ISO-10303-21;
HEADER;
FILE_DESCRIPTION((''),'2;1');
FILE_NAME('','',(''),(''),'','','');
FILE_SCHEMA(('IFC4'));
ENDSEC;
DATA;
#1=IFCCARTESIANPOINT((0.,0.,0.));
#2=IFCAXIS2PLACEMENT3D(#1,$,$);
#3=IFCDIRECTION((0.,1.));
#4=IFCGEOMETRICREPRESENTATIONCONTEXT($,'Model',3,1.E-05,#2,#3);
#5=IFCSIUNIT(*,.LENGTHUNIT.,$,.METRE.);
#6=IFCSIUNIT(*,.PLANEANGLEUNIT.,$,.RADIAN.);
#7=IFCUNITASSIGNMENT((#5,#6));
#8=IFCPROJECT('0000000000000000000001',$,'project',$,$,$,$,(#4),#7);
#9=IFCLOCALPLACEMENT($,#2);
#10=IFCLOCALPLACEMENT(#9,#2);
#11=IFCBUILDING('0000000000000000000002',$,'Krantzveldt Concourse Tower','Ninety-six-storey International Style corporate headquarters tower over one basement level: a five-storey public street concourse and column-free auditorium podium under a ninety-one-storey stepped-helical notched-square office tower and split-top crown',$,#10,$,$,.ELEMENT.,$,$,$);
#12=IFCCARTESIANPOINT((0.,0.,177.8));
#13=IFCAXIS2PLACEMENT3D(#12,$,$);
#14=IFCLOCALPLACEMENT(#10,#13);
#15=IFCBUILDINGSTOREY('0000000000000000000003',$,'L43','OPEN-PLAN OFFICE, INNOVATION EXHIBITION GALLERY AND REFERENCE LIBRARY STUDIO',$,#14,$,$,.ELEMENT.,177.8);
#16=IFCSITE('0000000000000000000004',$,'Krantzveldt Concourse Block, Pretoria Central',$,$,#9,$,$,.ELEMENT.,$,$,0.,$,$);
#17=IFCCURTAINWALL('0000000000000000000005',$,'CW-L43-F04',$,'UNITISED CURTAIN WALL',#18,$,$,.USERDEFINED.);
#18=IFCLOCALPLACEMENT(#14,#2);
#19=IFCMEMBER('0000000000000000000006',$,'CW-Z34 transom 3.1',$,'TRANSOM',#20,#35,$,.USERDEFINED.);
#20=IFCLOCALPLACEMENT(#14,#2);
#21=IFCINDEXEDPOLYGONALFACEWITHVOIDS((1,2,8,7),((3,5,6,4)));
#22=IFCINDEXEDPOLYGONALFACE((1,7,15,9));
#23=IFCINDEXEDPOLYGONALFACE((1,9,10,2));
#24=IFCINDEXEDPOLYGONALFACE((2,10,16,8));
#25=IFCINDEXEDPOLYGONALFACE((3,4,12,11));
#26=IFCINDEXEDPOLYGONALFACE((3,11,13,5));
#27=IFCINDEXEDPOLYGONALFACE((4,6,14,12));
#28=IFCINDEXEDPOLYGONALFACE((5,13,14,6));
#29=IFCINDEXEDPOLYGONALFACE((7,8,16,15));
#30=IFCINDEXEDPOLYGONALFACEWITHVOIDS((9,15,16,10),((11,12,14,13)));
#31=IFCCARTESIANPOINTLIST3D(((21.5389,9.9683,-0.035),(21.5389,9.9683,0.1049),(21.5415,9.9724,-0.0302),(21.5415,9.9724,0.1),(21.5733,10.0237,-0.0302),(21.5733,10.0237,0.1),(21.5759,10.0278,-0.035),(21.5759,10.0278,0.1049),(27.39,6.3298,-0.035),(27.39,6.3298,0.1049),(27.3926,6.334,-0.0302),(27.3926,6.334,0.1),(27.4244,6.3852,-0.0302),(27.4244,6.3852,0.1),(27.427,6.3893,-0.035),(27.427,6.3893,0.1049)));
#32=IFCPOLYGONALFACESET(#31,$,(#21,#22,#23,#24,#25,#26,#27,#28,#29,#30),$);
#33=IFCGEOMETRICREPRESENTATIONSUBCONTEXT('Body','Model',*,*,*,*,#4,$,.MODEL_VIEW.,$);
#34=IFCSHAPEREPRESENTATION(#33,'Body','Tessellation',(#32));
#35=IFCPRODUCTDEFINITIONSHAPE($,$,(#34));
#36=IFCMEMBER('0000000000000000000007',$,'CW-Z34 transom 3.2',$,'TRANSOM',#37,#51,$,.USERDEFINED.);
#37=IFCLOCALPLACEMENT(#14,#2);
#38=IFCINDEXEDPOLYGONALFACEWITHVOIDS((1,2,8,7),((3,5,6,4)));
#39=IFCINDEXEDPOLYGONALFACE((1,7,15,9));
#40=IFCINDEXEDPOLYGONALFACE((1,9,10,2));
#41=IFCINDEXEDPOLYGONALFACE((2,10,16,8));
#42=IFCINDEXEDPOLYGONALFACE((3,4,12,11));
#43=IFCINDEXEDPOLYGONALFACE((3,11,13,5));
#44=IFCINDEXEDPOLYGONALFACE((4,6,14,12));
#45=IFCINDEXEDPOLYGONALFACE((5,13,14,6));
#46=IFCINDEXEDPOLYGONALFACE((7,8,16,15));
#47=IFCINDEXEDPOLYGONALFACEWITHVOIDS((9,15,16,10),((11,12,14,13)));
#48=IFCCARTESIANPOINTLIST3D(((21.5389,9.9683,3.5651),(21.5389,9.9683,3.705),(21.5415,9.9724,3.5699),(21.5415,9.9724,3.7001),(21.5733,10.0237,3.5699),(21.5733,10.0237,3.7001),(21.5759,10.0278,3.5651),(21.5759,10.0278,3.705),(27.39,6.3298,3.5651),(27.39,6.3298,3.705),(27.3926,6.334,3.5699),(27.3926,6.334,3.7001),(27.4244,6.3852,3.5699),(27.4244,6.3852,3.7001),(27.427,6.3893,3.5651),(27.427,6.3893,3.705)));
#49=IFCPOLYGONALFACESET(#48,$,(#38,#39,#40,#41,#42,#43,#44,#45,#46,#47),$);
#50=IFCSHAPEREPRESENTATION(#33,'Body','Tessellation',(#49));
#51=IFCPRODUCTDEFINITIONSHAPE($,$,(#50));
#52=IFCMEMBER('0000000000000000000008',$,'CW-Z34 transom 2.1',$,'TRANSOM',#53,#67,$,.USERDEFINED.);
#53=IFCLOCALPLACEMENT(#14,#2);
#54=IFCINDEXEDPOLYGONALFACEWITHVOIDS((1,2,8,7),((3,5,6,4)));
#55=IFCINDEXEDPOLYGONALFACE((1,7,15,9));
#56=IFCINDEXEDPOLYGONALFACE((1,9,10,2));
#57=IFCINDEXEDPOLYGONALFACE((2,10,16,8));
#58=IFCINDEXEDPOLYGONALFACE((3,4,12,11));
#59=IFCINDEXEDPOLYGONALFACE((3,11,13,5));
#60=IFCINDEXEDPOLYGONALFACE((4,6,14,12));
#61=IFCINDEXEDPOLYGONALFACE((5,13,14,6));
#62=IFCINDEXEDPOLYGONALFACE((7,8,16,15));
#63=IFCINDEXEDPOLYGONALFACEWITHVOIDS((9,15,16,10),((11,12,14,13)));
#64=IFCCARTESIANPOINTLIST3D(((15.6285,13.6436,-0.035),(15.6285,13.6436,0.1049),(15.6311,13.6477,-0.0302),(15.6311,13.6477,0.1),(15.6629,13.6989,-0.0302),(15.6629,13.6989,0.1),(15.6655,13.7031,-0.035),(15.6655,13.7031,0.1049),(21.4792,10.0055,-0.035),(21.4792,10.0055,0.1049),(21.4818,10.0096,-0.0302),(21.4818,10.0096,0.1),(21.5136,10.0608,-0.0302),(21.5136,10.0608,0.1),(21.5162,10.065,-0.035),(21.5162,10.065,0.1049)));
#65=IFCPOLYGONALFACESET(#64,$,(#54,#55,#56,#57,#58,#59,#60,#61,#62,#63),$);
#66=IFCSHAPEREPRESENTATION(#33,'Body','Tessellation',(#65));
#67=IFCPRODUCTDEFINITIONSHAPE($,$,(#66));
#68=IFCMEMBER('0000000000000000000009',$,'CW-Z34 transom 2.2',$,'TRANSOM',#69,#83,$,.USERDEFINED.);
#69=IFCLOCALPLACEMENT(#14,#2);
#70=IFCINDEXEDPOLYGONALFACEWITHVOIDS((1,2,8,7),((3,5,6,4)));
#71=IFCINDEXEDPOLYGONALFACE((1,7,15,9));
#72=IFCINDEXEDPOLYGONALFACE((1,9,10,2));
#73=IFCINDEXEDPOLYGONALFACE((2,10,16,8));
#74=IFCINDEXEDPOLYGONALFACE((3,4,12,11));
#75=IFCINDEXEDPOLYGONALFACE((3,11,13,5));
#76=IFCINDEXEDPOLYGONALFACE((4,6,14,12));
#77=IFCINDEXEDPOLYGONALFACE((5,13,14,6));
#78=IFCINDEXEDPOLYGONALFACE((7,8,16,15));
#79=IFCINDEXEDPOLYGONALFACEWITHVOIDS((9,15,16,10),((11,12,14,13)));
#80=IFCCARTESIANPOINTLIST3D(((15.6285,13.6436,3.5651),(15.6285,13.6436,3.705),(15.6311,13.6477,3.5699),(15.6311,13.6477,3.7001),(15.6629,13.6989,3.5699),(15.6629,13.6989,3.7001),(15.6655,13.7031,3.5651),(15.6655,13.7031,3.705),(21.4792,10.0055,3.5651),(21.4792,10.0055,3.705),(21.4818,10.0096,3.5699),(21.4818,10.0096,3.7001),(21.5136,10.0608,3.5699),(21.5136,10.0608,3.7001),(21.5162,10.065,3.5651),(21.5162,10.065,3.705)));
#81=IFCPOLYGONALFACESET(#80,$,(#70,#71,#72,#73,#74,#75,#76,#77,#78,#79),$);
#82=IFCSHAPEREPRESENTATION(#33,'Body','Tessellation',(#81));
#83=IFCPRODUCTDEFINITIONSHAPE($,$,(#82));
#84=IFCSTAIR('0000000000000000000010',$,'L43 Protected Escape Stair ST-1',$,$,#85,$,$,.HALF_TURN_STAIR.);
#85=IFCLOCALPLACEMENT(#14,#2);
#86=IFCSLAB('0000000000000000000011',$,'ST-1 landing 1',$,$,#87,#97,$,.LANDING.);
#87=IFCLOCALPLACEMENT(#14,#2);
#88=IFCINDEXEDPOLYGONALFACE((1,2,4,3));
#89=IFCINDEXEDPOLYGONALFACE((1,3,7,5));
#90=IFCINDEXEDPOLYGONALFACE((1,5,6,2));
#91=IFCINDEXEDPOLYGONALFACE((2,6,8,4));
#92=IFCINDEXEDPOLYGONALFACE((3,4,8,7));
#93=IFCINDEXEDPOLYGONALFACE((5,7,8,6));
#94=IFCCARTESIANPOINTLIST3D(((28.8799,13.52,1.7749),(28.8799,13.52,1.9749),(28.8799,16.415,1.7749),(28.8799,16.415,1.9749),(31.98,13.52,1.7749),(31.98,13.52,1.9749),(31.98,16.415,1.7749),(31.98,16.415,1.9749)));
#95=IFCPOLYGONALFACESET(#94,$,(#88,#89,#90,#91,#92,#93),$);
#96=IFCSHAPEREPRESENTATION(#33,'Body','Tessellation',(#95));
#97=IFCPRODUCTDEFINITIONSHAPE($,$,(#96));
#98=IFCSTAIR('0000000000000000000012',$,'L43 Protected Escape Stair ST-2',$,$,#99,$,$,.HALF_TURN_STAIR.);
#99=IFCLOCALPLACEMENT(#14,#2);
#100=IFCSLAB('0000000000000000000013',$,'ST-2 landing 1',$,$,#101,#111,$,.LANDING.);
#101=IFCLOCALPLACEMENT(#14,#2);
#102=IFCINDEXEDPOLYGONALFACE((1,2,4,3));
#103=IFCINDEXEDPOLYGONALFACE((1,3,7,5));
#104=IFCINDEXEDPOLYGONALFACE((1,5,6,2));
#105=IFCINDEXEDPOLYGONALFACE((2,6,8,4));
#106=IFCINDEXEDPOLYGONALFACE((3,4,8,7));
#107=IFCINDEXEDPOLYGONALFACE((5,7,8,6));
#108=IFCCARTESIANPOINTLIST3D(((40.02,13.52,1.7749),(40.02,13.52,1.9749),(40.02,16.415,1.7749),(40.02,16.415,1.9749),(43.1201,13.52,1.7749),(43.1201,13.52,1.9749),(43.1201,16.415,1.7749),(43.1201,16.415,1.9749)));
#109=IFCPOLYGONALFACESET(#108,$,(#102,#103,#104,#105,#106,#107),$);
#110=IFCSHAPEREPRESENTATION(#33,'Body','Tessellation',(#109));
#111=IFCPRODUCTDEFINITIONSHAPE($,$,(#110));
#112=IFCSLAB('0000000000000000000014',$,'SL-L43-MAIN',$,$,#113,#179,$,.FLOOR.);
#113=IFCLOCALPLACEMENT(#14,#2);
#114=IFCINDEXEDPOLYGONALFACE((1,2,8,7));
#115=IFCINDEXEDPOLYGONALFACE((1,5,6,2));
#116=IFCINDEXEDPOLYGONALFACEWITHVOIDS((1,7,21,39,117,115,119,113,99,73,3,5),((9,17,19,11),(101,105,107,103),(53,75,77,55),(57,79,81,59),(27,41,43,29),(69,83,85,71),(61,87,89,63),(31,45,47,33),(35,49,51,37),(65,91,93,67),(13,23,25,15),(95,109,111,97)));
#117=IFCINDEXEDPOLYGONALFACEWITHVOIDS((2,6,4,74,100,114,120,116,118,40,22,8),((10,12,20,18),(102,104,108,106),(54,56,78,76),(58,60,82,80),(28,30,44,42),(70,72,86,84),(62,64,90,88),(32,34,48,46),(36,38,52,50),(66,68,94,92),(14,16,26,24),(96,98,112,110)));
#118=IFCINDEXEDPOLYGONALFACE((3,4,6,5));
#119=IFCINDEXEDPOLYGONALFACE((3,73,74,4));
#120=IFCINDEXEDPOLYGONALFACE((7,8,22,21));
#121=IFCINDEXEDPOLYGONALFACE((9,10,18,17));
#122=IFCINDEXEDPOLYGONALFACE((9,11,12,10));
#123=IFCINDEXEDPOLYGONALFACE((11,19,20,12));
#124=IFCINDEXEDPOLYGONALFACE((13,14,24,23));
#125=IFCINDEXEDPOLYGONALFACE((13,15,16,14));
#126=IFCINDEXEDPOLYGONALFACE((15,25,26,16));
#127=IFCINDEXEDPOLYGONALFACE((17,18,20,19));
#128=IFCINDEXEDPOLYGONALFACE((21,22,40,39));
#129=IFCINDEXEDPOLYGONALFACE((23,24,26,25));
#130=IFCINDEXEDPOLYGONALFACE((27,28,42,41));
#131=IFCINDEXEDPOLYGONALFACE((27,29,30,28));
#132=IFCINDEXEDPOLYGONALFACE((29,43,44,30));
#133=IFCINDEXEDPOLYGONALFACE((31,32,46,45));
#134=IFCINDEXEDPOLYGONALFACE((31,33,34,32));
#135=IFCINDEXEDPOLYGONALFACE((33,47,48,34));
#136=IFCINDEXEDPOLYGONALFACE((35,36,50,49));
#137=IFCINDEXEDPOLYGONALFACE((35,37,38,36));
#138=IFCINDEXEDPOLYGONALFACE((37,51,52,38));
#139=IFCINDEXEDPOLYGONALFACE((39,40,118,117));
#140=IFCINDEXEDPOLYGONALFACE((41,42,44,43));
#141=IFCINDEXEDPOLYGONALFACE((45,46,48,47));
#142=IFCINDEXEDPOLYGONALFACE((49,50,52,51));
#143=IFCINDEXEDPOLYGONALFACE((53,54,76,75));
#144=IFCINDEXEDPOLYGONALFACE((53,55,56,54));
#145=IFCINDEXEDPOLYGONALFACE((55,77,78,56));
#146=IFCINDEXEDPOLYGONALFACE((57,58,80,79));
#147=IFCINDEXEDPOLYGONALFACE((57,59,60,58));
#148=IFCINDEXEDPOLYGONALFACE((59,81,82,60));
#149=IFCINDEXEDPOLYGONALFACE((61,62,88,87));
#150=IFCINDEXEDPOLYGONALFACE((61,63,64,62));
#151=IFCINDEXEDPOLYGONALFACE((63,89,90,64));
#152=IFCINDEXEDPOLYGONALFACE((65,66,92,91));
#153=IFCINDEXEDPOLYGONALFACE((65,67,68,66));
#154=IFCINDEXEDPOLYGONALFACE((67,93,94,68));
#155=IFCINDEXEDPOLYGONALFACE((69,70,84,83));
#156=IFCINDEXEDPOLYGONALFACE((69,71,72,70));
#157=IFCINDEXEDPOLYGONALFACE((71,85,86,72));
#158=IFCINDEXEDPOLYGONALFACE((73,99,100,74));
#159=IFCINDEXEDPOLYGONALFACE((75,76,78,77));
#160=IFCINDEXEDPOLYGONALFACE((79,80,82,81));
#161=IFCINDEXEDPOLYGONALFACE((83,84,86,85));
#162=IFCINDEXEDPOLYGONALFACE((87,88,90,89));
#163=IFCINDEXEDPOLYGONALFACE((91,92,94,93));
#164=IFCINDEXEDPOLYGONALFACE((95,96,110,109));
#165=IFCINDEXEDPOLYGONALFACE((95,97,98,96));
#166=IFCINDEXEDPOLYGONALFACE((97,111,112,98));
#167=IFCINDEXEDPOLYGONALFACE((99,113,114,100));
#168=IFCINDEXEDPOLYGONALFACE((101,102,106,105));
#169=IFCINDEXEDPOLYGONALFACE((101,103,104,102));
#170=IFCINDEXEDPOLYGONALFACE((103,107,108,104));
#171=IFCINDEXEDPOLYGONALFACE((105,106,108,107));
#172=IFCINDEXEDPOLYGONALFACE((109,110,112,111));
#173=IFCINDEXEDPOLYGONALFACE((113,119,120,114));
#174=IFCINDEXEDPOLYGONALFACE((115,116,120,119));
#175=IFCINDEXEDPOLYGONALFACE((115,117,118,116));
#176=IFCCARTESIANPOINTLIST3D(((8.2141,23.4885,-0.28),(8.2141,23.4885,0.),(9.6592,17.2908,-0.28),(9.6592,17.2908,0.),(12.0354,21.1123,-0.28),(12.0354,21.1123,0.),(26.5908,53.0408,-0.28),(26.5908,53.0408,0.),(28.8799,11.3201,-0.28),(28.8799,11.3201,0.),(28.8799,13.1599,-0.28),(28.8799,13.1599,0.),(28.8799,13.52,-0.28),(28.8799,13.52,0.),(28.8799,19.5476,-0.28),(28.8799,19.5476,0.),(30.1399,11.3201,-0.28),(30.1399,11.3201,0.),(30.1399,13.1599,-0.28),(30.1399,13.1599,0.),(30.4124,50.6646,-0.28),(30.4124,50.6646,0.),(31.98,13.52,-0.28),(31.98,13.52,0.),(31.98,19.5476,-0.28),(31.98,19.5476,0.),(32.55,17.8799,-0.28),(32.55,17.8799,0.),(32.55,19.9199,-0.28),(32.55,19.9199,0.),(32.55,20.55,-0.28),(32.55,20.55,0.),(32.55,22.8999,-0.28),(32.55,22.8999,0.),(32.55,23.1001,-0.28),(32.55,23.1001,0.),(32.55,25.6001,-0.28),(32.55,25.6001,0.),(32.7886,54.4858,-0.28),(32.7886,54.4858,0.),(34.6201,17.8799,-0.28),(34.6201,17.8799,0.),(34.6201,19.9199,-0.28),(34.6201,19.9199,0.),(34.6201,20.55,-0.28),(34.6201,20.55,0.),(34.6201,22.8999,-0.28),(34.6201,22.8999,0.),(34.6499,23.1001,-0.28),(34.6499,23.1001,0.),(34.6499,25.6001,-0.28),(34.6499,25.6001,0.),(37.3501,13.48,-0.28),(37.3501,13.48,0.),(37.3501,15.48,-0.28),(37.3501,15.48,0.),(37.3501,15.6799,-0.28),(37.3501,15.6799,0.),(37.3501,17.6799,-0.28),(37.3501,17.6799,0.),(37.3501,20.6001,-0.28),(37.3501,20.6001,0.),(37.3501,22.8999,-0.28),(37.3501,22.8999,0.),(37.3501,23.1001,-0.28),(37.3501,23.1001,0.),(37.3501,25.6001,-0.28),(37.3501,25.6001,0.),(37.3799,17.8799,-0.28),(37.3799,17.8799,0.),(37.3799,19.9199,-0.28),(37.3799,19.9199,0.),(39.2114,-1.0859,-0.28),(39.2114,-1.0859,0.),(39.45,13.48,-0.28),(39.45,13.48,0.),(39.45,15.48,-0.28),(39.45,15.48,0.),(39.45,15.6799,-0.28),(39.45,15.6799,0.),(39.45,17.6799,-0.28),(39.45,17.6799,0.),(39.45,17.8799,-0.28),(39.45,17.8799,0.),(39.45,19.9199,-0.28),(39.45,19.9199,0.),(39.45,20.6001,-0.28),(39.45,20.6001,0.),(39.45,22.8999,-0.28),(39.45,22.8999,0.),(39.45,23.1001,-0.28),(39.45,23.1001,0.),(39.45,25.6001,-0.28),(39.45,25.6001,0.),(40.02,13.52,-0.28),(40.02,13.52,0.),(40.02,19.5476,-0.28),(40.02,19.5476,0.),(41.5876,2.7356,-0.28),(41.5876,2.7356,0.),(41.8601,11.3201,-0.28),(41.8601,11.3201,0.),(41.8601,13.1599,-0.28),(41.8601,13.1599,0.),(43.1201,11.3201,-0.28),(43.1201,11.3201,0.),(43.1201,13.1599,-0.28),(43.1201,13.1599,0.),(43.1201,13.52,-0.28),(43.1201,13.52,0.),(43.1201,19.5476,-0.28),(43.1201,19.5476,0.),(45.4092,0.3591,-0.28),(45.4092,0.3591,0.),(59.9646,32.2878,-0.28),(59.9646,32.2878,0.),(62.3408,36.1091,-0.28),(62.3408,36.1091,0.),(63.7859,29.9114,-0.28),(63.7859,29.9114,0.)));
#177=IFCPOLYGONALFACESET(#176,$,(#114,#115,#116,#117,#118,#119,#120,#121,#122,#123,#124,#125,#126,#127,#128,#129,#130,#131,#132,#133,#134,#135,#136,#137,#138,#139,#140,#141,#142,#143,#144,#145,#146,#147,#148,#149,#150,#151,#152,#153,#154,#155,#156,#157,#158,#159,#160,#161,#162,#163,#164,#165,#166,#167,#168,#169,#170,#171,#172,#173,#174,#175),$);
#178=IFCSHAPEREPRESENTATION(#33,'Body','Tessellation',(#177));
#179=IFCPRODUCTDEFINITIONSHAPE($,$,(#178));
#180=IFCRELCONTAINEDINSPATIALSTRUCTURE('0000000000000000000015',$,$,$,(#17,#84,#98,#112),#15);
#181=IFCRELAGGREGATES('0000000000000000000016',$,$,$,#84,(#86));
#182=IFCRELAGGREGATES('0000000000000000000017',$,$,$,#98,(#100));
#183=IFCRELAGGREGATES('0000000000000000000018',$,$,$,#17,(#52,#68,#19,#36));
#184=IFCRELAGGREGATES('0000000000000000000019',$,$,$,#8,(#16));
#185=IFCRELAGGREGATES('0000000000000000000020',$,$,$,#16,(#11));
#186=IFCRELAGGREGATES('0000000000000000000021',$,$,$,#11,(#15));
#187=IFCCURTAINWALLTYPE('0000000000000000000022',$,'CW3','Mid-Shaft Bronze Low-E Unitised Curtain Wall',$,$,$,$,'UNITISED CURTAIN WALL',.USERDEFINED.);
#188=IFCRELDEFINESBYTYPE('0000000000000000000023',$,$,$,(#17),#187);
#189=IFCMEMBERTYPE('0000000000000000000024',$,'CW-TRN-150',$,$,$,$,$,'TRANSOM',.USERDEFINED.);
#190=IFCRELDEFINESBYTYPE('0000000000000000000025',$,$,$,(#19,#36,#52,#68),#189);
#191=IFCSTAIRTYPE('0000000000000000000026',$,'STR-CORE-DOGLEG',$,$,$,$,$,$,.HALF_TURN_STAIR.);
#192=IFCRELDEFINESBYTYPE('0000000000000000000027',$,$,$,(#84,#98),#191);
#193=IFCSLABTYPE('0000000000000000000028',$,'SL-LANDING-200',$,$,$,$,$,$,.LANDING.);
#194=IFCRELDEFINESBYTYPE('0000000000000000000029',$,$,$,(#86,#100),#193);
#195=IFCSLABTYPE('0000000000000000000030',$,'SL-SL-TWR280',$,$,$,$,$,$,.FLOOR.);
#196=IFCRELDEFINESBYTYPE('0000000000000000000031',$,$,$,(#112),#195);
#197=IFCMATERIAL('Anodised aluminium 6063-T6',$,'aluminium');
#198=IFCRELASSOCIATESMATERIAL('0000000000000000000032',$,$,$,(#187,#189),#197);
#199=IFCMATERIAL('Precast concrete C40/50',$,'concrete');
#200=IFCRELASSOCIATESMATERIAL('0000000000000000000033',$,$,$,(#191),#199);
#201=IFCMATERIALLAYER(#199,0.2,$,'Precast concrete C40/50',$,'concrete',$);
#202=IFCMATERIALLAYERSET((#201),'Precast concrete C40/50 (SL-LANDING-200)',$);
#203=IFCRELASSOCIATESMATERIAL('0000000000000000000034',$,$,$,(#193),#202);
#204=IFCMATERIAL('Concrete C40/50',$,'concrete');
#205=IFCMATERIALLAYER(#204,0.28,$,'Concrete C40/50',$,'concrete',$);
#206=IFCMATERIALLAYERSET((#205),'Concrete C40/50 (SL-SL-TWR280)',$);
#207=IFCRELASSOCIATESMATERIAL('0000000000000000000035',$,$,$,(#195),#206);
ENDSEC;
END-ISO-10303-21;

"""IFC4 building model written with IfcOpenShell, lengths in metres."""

from ifc_helpers import new_model, si_unit, direction, frame, origin, origin_2d, place, context, subcontext, project, spatial, polyline, hollow_rectangle, outline, extrude, source, transform, mapped, material, layer, layer_set, material_profile, profile_set, type_object, element, aggregate, save


model = new_model("IFC4")

# Units and contexts
model_context = context("Model", 3, precision=1e-05, world=origin(), true_north=direction((0.0, 1.0)))
body_context = subcontext(model_context, "Body", "Model", "MODEL_VIEW")
ifc_project = project(units=[si_unit("LENGTHUNIT", "METRE"), si_unit("PLANEANGLEUNIT", "RADIAN")], contexts=[model_context])

# Site, building, storey
site_placement = place(None, origin())
site = spatial("IfcSite", under=ifc_project, at=site_placement, Name="Krantzveldt Concourse Block, Pretoria Central", CompositionType="ELEMENT", RefElevation=0.0)
building_placement = place(site_placement, origin())
building = spatial("IfcBuilding", under=site, at=building_placement, Name="Krantzveldt Concourse Tower", Description="Ninety-six-storey International Style corporate headquarters tower over one basement level: a five-storey public street concourse and column-free auditorium podium under a ninety-one-storey stepped-helical notched-square office tower and split-top crown", CompositionType="ELEMENT")
storey_placement = place(building_placement, frame((0.0, 0.0, 177.8)))
storey = spatial("IfcBuildingStorey", under=building, at=storey_placement, Name="L43", Description="OPEN-PLAN OFFICE, INNOVATION EXHIBITION GALLERY AND REFERENCE LIBRARY STUDIO", CompositionType="ELEMENT", Elevation=177.8)

# Shared definitions
ifc_material_1 = material(Name="Anodised aluminium 6063-T6", Category="aluminium")
curtain_wall_type = type_object("IfcCurtainWallType", Name="CW3", Description="Mid-Shaft Bronze Low-E Unitised Curtain Wall", ElementType="UNITISED CURTAIN WALL", PredefinedType="USERDEFINED", material=ifc_material_1)

# Curtain wall, members
curtain_wall_1_placement = place(storey_placement, origin())
curtain_wall_1 = element("IfcCurtainWall", 1, at=curtain_wall_1_placement, inside=storey, type_object=curtain_wall_type, Name="CW-L43-F04", ObjectType="UNITISED CURTAIN WALL", PredefinedType="USERDEFINED")
ifc_material_profile_1 = material_profile(ifc_material_1, hollow_rectangle(XDim=0.0701, YDim=0.1399, WallThickness=0.0049, at=origin_2d()), Name="Anodised aluminium 6063-T6", Category="aluminium")
ifc_profile_set_1 = profile_set([ifc_material_profile_1], Name="Anodised aluminium 6063-T6 - ALU-TRAN 140x70x5")
member_type_1 = type_object("IfcMemberType", Name="CW-TRN-150", ElementType="TRANSOM", PredefinedType="USERDEFINED", material=ifc_profile_set_1)
shared_shape_1 = source(origin(), body_context, "Body", "SweptSolid", [
    extrude(hollow_rectangle(XDim=0.0701, YDim=0.1399, WallThickness=0.0049, at=origin_2d()), origin(), (0.0, 0.0, 1.0), 6.8901),
])
member_1_placement = place(storey_placement, frame((21.5574, 9.998, 0.0349), z_axis=(0.849202, -0.528067, 0.0), x_axis=(0.528067, 0.849202, 0.0)))
member_1 = element("IfcMember", 2, at=member_1_placement, type_object=member_type_1, Name="CW-Z34 transom 3.1", ObjectType="TRANSOM", PredefinedType="USERDEFINED", context=body_context, shape_type="MappedRepresentation", body=[
    mapped(shared_shape_1, transform((0.0, 0.0, 0.0), x_axis=(1.0, 0.0, 0.0), y_axis=(0.0, 1.0, 0.0), z_axis=(0.0, 0.0, 1.0), scale=1.0)),
])
member_2_placement = place(storey_placement, frame((21.5574, 9.998, 3.635), z_axis=(0.849202, -0.528067, 0.0), x_axis=(0.528067, 0.849202, 0.0)))
member_2 = element("IfcMember", 3, at=member_2_placement, type_object=member_type_1, Name="CW-Z34 transom 3.2", ObjectType="TRANSOM", PredefinedType="USERDEFINED", context=body_context, shape_type="MappedRepresentation", body=[
    mapped(shared_shape_1, transform((0.0, 0.0, 0.0), x_axis=(1.0, 0.0, 0.0), y_axis=(0.0, 1.0, 0.0), z_axis=(0.0, 0.0, 1.0), scale=1.0)),
])
shared_shape_2 = source(origin(), body_context, "Body", "SweptSolid", [
    extrude(hollow_rectangle(XDim=0.0701, YDim=0.1399, WallThickness=0.0049, at=origin_2d()), origin(), (0.0, 0.0, 1.0), 6.8896),
])
member_3_placement = place(storey_placement, frame((15.647, 13.6733, 0.0349), z_axis=(0.849208, -0.528058, 0.0), x_axis=(0.528058, 0.849208, 0.0)))
member_3 = element("IfcMember", 4, at=member_3_placement, type_object=member_type_1, Name="CW-Z34 transom 2.1", ObjectType="TRANSOM", PredefinedType="USERDEFINED", context=body_context, shape_type="MappedRepresentation", body=[
    mapped(shared_shape_2, transform((0.0, 0.0, 0.0), x_axis=(1.0, 0.0, 0.0), y_axis=(0.0, 1.0, 0.0), z_axis=(0.0, 0.0, 1.0), scale=1.0)),
])
member_4_placement = place(storey_placement, frame((15.647, 13.6733, 3.635), z_axis=(0.849208, -0.528058, 0.0), x_axis=(0.528058, 0.849208, 0.0)))
member_4 = element("IfcMember", 5, at=member_4_placement, type_object=member_type_1, Name="CW-Z34 transom 2.2", ObjectType="TRANSOM", PredefinedType="USERDEFINED", context=body_context, shape_type="MappedRepresentation", body=[
    mapped(shared_shape_2, transform((0.0, 0.0, 0.0), x_axis=(1.0, 0.0, 0.0), y_axis=(0.0, 1.0, 0.0), z_axis=(0.0, 0.0, 1.0), scale=1.0)),
])

# Stairs, slabs
ifc_material_2 = material(Name="Precast concrete C40/50", Category="concrete")
stair_type = type_object("IfcStairType", Name="STR-CORE-DOGLEG", PredefinedType="HALF_TURN_STAIR", material=ifc_material_2)
stair_1_placement = place(storey_placement, origin())
stair_1 = element("IfcStair", 6, at=stair_1_placement, inside=storey, type_object=stair_type, Name="L43 Protected Escape Stair ST-1", PredefinedType="HALF_TURN_STAIR")
ifc_layer_1 = layer(ifc_material_2, 0.2, Name="Precast concrete C40/50", Category="concrete")
ifc_layer_set_1 = layer_set([ifc_layer_1], Name="Precast concrete C40/50 (SL-LANDING-200)")
slab_type_1 = type_object("IfcSlabType", Name="SL-LANDING-200", PredefinedType="LANDING", material=ifc_layer_set_1)
slab_1_placement = place(storey_placement, frame((0.0, 0.0, 1.7749)))
slab_1 = element("IfcSlab", 7, at=slab_1_placement, type_object=slab_type_1, Name="ST-1 landing 1", PredefinedType="LANDING", context=body_context, shape_type="SweptSolid", body=[
    extrude(outline(polyline([(28.8799, 16.415), (28.8799, 13.52), (31.98, 13.52), (31.98, 16.415), (28.8799, 16.415)])), origin(), (0.0, 0.0, 1.0), 0.2),
])
aggregate(stair_1, [slab_1])
stair_2_placement = place(storey_placement, origin())
stair_2 = element("IfcStair", 8, at=stair_2_placement, inside=storey, type_object=stair_type, Name="L43 Protected Escape Stair ST-2", PredefinedType="HALF_TURN_STAIR")
slab_2_placement = place(storey_placement, frame((0.0, 0.0, 1.7749)))
slab_2 = element("IfcSlab", 9, at=slab_2_placement, type_object=slab_type_1, Name="ST-2 landing 1", PredefinedType="LANDING", context=body_context, shape_type="SweptSolid", body=[
    extrude(outline(polyline([(40.02, 16.415), (40.02, 13.52), (43.1201, 13.52), (43.1201, 16.415), (40.02, 16.415)])), origin(), (0.0, 0.0, 1.0), 0.2),
])
aggregate(stair_2, [slab_2])

# Slab
ifc_material_3 = material(Name="Concrete C40/50", Category="concrete")
ifc_layer_2 = layer(ifc_material_3, 0.28, Name="Concrete C40/50", Category="concrete")
ifc_layer_set_2 = layer_set([ifc_layer_2], Name="Concrete C40/50 (SL-SL-TWR280)")
slab_type_2 = type_object("IfcSlabType", Name="SL-SL-TWR280", PredefinedType="FLOOR", material=ifc_layer_set_2)
slab_3_placement = place(storey_placement, frame((0.0, 0.0, -0.28)))
element("IfcSlab", 10, at=slab_3_placement, inside=storey, type_object=slab_type_2, Name="SL-L43-MAIN", PredefinedType="FLOOR", context=body_context, shape_type="SweptSolid", body=[
    extrude(outline(polyline([(30.4124, 50.6646), (26.5908, 53.0408), (8.2141, 23.4885), (12.0354, 21.1123), (9.6592, 17.2908), (39.2114, -1.0859), (41.5876, 2.7356), (45.4092, 0.3591), (63.7859, 29.9114), (59.9646, 32.2878), (62.3408, 36.1091), (32.7886, 54.4858), (30.4124, 50.6646)]), holes=[polyline([(28.8799, 19.5476), (28.8799, 13.52), (31.98, 13.52), (31.98, 19.5476), (28.8799, 19.5476)]), polyline([(40.02, 19.5476), (40.02, 13.52), (43.1201, 13.52), (43.1201, 19.5476), (40.02, 19.5476)]), polyline([(32.55, 23.1001), (34.6499, 23.1001), (34.6499, 25.6001), (32.55, 25.6001), (32.55, 23.1001)]), polyline([(37.3501, 23.1001), (39.45, 23.1001), (39.45, 25.6001), (37.3501, 25.6001), (37.3501, 23.1001)]), polyline([(37.3501, 20.6001), (39.45, 20.6001), (39.45, 22.8999), (37.3501, 22.8999), (37.3501, 20.6001)]), polyline([(37.3501, 13.48), (39.45, 13.48), (39.45, 15.48), (37.3501, 15.48), (37.3501, 13.48)]), polyline([(37.3501, 15.6799), (39.45, 15.6799), (39.45, 17.6799), (37.3501, 17.6799), (37.3501, 15.6799)]), polyline([(32.55, 20.55), (34.6201, 20.55), (34.6201, 22.8999), (32.55, 22.8999), (32.55, 20.55)]), polyline([(32.55, 17.8799), (34.6201, 17.8799), (34.6201, 19.9199), (32.55, 19.9199), (32.55, 17.8799)]), polyline([(37.3799, 17.8799), (39.45, 17.8799), (39.45, 19.9199), (37.3799, 19.9199), (37.3799, 17.8799)]), polyline([(28.8799, 11.3201), (30.1399, 11.3201), (30.1399, 13.1599), (28.8799, 13.1599), (28.8799, 11.3201)]), polyline([(41.8601, 11.3201), (43.1201, 11.3201), (43.1201, 13.1599), (41.8601, 13.1599), (41.8601, 11.3201)])]), origin(), (0.0, 0.0, 1.0), 0.28),
])

aggregate(curtain_wall_1, [member_3, member_4, member_1, member_2])

save(model, "model.ifc")
